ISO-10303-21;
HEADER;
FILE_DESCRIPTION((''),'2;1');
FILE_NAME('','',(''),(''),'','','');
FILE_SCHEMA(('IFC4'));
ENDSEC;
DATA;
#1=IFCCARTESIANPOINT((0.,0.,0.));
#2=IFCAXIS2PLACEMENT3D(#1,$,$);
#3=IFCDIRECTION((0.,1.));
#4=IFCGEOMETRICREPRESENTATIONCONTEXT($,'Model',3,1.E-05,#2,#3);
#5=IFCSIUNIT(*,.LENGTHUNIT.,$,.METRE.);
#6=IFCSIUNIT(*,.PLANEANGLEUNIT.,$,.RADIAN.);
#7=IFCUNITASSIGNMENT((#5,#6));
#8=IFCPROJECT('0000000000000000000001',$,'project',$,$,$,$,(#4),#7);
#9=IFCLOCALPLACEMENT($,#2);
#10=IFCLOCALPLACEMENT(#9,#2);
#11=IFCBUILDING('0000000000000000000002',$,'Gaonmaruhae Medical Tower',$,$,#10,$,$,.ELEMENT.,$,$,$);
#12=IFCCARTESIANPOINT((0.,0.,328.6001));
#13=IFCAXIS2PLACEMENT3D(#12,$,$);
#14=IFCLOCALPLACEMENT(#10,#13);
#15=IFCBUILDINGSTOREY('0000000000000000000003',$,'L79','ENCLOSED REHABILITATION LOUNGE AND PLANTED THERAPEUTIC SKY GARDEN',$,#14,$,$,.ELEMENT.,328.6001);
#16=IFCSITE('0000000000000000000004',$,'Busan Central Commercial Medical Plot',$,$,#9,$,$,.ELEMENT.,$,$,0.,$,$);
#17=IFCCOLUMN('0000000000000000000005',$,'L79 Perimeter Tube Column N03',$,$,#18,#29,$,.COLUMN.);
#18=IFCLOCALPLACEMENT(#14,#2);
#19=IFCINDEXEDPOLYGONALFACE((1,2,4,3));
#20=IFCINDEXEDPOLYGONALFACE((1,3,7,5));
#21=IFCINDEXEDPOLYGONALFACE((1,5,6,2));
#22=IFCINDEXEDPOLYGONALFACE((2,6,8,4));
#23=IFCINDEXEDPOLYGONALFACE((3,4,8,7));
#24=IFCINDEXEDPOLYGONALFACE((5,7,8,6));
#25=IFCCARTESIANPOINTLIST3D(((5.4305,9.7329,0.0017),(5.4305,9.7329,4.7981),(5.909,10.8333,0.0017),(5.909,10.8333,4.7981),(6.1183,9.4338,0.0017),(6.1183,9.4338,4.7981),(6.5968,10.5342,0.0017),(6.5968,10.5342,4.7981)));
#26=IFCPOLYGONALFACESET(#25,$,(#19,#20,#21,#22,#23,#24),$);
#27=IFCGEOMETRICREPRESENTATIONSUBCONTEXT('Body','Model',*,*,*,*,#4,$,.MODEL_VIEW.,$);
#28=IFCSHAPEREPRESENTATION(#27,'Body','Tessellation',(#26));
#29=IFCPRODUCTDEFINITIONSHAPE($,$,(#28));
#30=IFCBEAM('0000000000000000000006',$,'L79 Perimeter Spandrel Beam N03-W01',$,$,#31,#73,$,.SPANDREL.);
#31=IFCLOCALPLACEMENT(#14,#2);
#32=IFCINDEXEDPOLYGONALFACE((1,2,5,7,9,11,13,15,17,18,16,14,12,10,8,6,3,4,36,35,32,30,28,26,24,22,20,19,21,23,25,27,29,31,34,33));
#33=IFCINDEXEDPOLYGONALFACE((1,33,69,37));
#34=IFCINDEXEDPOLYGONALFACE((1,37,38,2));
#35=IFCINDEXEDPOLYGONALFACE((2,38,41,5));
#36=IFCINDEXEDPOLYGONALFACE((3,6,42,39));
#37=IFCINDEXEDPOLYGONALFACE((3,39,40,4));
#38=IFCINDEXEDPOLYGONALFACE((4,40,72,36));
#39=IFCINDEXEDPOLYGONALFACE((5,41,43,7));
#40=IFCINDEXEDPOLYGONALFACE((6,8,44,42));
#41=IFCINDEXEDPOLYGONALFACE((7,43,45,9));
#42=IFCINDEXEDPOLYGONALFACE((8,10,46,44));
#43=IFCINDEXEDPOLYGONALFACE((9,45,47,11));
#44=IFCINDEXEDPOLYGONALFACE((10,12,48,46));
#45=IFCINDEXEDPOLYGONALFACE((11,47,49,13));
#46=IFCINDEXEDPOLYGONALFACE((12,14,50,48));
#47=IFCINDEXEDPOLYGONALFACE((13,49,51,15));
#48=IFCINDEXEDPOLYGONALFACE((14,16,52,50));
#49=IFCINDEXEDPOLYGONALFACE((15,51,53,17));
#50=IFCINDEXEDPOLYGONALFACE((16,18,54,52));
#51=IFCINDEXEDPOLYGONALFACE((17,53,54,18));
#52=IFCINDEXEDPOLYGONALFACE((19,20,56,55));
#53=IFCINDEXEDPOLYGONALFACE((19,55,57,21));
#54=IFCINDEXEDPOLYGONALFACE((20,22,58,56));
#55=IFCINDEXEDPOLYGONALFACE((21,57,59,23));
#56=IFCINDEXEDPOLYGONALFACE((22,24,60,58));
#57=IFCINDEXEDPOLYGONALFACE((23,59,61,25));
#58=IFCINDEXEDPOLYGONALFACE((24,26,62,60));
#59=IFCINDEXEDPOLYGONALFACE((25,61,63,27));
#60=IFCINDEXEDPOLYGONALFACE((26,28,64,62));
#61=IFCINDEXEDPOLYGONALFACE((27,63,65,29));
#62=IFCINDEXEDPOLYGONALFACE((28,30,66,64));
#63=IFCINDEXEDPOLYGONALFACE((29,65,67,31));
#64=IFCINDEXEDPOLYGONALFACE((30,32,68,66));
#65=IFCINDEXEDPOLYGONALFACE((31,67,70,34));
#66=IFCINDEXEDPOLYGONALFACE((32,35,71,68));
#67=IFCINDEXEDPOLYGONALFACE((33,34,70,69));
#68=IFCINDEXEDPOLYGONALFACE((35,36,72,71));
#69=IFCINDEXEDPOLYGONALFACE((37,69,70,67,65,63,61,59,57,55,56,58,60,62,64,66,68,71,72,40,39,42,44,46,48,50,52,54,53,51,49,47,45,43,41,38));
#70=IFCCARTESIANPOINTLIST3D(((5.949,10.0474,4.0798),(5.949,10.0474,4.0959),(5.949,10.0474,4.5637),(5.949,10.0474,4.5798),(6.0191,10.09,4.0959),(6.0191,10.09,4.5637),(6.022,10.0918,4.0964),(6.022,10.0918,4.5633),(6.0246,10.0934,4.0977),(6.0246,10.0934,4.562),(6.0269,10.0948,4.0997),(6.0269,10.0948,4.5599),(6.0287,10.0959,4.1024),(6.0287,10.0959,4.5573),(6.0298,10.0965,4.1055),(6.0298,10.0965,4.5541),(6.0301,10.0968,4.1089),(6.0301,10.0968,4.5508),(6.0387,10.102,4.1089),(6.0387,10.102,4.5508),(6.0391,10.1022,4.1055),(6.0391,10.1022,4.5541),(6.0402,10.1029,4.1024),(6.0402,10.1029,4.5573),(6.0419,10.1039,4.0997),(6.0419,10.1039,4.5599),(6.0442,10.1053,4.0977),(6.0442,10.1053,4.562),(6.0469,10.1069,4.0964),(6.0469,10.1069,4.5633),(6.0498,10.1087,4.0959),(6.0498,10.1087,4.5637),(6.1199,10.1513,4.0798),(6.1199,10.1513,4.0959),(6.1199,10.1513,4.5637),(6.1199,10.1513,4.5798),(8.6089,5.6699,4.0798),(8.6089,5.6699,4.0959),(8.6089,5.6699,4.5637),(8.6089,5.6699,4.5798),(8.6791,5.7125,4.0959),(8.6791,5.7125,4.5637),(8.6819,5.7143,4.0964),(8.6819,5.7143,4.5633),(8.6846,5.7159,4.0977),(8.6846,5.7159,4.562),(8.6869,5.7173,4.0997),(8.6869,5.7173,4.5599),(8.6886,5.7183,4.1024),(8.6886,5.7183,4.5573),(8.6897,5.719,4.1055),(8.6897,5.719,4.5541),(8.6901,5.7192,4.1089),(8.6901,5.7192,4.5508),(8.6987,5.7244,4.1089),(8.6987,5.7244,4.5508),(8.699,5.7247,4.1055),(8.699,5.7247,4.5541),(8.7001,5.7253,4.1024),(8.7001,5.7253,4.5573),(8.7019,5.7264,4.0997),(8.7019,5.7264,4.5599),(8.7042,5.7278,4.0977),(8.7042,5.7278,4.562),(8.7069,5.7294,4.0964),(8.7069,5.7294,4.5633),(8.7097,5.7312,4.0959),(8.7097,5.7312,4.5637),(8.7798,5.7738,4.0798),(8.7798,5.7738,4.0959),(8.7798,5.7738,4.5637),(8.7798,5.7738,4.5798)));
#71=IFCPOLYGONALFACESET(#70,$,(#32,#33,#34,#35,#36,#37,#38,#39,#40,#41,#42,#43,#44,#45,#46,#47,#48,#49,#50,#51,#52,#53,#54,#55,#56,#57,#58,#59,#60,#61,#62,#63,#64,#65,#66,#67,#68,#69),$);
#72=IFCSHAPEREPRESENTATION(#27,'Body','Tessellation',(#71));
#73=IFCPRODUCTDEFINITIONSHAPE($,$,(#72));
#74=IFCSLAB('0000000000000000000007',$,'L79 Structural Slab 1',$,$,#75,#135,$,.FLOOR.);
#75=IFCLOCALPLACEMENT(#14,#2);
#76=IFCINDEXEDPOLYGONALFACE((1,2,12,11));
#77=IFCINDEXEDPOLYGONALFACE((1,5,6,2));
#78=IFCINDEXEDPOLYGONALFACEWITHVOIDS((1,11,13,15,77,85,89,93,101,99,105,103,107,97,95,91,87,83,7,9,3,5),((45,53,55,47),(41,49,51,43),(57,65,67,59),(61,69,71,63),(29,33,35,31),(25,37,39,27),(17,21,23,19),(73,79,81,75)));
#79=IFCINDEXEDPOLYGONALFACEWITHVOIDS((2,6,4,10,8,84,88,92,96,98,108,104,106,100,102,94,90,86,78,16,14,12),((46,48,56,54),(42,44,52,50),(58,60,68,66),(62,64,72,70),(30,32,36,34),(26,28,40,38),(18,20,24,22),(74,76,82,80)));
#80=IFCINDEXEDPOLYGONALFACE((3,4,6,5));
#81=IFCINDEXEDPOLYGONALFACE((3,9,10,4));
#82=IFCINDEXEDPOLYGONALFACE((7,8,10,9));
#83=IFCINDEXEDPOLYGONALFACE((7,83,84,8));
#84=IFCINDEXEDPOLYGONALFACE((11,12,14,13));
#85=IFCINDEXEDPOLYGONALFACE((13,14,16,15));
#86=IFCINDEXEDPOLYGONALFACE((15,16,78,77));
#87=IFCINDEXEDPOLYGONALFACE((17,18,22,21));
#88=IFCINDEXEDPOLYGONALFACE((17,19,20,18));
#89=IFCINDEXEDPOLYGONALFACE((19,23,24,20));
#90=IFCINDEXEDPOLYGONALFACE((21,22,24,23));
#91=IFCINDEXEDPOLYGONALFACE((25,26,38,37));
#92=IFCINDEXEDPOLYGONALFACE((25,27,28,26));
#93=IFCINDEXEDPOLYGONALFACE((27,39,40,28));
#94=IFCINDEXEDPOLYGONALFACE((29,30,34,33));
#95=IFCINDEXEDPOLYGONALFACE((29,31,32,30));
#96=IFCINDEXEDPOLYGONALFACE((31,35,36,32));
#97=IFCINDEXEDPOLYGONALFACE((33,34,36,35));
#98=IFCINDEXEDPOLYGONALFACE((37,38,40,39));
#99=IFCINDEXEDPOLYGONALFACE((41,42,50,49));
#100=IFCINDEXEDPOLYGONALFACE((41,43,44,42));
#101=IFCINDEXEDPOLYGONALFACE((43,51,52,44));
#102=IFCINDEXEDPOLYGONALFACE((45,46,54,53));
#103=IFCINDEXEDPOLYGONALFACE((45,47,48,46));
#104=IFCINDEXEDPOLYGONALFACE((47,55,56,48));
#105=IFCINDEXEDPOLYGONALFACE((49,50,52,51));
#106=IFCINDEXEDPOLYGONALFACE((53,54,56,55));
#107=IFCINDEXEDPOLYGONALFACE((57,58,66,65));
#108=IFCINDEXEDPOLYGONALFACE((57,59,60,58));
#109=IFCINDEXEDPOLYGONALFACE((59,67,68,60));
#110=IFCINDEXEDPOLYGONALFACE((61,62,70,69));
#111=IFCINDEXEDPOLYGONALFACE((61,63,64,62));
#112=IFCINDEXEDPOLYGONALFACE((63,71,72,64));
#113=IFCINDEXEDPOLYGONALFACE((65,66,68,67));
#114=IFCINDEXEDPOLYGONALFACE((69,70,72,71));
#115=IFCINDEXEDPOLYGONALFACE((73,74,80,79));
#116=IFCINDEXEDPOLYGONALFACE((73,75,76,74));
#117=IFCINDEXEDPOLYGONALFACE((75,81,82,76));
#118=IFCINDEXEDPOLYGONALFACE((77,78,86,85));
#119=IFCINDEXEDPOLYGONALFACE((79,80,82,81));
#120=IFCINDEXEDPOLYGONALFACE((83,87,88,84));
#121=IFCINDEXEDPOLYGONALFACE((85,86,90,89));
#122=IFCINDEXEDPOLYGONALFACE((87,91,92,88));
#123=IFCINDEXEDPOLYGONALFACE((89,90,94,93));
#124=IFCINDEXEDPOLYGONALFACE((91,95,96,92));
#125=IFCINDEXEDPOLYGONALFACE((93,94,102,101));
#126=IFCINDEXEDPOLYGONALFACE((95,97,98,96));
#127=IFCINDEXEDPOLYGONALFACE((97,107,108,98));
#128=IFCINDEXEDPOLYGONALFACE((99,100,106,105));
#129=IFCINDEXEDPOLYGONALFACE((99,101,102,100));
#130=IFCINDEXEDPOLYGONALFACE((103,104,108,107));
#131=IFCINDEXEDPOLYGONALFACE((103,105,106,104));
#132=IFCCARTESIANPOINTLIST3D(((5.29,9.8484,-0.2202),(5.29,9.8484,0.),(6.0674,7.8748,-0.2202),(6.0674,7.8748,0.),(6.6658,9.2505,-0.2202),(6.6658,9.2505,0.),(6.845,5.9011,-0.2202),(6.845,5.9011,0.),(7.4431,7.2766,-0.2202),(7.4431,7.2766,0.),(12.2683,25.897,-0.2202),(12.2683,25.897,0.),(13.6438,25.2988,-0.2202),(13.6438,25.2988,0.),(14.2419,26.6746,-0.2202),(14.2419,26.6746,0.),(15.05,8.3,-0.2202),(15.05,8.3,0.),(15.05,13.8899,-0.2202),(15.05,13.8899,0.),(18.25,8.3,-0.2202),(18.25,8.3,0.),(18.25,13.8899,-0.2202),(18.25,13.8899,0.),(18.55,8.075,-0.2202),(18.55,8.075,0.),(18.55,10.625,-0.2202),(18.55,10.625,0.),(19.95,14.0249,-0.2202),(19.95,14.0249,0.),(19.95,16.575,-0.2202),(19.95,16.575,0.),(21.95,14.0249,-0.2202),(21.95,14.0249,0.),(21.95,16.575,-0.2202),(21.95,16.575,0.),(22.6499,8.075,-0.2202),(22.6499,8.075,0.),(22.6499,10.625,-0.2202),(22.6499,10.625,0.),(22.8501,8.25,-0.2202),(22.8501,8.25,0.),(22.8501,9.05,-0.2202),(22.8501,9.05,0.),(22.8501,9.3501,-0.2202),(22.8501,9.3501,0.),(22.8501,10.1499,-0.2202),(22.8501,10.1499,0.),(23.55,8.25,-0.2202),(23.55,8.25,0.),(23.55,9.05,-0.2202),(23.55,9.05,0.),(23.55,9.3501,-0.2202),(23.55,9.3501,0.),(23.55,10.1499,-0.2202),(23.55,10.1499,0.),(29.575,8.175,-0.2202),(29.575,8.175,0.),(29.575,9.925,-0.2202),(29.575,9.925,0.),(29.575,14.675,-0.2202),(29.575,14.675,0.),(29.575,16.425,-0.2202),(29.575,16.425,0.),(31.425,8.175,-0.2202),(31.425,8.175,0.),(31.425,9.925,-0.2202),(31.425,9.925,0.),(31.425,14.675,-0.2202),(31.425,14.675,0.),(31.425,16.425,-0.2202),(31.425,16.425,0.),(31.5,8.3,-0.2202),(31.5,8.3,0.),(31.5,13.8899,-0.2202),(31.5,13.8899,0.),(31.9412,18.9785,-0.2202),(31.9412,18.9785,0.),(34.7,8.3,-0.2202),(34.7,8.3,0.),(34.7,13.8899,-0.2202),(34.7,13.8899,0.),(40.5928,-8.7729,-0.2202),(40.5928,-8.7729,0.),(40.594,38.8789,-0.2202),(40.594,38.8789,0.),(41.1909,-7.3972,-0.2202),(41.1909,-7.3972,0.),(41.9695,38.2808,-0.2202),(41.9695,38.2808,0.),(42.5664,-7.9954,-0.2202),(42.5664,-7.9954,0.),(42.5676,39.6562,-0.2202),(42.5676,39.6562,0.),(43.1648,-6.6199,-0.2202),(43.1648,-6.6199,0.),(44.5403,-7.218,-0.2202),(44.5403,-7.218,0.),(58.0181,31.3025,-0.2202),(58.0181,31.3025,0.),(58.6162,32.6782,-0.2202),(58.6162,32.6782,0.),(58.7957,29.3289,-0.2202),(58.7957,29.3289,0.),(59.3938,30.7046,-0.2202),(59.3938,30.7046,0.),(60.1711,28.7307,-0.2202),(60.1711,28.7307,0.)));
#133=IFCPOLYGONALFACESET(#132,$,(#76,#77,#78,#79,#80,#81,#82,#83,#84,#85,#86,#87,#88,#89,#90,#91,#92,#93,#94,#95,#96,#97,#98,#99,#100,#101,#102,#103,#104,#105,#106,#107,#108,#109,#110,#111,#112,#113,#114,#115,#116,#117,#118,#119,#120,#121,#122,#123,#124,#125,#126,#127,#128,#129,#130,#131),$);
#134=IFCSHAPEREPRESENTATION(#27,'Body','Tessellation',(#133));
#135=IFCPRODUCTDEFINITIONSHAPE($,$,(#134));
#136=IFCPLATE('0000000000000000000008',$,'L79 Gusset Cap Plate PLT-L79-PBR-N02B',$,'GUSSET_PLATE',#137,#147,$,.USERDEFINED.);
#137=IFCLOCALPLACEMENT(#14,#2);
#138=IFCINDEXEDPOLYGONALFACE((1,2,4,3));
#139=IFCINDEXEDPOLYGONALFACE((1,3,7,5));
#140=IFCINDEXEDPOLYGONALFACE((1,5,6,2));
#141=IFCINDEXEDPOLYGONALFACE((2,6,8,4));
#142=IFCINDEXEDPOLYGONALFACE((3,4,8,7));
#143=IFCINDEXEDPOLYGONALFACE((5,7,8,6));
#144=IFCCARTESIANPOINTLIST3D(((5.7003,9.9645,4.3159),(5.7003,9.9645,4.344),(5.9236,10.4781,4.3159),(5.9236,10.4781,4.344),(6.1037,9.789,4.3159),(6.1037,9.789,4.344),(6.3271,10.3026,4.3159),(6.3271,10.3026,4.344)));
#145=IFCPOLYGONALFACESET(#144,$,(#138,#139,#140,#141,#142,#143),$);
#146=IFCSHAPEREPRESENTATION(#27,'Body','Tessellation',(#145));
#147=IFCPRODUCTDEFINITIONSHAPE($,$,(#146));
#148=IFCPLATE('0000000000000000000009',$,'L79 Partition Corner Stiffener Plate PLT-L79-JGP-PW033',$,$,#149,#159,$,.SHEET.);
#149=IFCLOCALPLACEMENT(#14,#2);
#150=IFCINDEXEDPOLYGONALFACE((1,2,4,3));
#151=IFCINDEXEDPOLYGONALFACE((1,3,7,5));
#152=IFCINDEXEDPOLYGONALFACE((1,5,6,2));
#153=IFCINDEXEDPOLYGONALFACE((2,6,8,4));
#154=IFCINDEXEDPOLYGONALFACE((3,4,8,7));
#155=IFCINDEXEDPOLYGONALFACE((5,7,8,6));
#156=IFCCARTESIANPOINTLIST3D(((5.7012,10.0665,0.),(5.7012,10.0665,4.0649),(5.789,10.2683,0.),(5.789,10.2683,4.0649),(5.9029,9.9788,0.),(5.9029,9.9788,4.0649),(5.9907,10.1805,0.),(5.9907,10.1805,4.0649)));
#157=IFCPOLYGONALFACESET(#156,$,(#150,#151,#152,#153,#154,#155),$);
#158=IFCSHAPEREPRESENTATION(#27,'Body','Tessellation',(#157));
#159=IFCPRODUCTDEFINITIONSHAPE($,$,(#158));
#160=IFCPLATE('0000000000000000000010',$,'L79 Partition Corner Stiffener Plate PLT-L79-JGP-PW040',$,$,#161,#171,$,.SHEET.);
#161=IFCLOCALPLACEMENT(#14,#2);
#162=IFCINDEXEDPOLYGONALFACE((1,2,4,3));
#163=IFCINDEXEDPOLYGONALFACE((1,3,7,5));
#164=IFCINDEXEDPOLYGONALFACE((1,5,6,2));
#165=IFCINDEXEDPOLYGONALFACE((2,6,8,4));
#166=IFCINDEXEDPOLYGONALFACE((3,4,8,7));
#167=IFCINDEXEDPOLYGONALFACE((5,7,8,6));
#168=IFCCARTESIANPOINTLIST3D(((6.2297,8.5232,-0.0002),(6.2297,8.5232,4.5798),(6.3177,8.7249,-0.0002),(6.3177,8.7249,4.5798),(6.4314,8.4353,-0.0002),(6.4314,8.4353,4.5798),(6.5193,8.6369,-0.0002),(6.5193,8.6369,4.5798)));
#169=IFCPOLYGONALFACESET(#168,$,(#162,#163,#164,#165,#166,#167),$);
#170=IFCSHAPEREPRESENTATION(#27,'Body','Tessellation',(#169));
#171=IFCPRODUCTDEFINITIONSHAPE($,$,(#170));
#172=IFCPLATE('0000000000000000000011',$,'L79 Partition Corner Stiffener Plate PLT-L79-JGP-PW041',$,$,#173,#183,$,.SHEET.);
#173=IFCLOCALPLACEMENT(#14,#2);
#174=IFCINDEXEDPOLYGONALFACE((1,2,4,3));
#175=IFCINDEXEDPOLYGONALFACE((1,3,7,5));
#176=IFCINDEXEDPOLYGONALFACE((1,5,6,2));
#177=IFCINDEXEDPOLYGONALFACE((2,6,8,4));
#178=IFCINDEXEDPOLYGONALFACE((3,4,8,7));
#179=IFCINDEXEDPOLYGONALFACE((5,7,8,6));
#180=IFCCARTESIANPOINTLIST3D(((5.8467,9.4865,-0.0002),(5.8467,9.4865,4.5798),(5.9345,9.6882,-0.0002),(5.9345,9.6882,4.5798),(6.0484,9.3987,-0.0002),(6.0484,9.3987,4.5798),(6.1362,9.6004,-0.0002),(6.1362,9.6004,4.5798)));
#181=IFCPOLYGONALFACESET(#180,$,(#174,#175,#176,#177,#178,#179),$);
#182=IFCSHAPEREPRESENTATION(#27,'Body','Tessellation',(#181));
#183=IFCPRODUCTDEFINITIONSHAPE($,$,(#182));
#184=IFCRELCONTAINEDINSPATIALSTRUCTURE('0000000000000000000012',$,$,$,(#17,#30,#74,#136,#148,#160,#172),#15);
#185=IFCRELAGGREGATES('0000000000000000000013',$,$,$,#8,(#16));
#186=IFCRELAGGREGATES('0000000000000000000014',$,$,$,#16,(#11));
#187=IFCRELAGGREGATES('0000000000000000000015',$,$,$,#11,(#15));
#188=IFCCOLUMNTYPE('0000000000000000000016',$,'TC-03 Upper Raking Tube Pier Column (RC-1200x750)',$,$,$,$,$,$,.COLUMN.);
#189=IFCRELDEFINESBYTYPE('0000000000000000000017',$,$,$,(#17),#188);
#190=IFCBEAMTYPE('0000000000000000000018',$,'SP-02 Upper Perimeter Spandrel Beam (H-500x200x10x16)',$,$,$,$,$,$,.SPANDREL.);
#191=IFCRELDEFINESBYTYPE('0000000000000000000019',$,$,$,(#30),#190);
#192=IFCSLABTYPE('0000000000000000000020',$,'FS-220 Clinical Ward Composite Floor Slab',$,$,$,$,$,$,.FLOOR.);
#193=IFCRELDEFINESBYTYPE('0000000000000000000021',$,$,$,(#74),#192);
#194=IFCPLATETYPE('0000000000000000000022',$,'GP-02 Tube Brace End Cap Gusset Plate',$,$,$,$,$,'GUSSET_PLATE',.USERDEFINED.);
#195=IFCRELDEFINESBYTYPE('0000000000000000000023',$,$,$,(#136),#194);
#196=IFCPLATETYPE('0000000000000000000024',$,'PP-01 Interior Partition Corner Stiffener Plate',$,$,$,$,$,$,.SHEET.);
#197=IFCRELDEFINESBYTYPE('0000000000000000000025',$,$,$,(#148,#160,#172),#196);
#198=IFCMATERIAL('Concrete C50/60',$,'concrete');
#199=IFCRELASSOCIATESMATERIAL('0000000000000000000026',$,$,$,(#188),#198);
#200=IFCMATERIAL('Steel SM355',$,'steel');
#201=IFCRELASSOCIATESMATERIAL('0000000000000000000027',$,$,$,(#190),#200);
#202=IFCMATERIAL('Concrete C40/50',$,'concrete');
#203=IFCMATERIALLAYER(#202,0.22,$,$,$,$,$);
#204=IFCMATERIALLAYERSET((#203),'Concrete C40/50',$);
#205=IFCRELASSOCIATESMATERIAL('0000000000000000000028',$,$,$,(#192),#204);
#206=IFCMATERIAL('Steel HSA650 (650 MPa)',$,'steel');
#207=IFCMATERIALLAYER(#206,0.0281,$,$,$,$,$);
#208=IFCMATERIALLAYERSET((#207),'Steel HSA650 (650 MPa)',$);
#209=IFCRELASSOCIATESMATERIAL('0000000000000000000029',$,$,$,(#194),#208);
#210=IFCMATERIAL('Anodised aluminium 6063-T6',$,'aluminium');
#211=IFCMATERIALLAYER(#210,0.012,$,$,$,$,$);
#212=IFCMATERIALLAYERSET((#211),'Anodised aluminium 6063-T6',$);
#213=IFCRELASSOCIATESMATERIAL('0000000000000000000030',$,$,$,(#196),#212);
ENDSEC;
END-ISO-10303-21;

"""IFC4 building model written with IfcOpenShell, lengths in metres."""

from ifc_helpers import new_model, si_unit, direction, frame, origin, origin_2d, place, context, subcontext, project, spatial, polyline, rectangle, i_section, outline, extrude, material, layer, layer_set, material_profile, profile_set, type_object, element, save


model = new_model("IFC4")

# Units and contexts
model_context = context("Model", 3, precision=1e-05, world=origin(), true_north=direction((0.0, 1.0)))
body_context = subcontext(model_context, "Body", "Model", "MODEL_VIEW")
ifc_project = project(units=[si_unit("LENGTHUNIT", "METRE"), si_unit("PLANEANGLEUNIT", "RADIAN")], contexts=[model_context])

# Site, building, storey
site_placement = place(None, origin())
site = spatial("IfcSite", under=ifc_project, at=site_placement, Name="Busan Central Commercial Medical Plot", CompositionType="ELEMENT", RefElevation=0.0)
building_placement = place(site_placement, origin())
building = spatial("IfcBuilding", under=site, at=building_placement, Name="Gaonmaruhae Medical Tower", CompositionType="ELEMENT")
storey_placement = place(building_placement, frame((0.0, 0.0, 328.6001)))
storey = spatial("IfcBuildingStorey", under=building, at=storey_placement, Name="L79", Description="ENCLOSED REHABILITATION LOUNGE AND PLANTED THERAPEUTIC SKY GARDEN", CompositionType="ELEMENT", Elevation=328.6001)

# Column
ifc_material_1 = material(Name="Concrete C50/60", Category="concrete")
ifc_material_profile_1 = material_profile(ifc_material_1, rectangle(XDim=1.2, YDim=0.75, at=origin_2d()), Name="RC-1200x750")
ifc_profile_set_1 = profile_set([ifc_material_profile_1], Name="Concrete C50/60")
column_type = type_object("IfcColumnType", Name="TC-03 Upper Raking Tube Pier Column (RC-1200x750)", PredefinedType="COLUMN", material=ifc_profile_set_1)
column_placement = place(storey_placement, frame((6.0137, 10.1335, 0.0017), z_axis=(0.0, 0.0, 1.0), x_axis=(0.398749, 0.91706, 0.0)))
element("IfcColumn", 1, at=column_placement, inside=storey, type_object=column_type, Name="L79 Perimeter Tube Column N03", PredefinedType="COLUMN", context=body_context, shape_type="SweptSolid", body=[
    extrude(rectangle(XDim=1.2, YDim=0.75, at=origin_2d()), origin(), (0.0, 0.0, 1.0), 4.7964),
])

# Beam
ifc_material_2 = material(Name="Steel SM355", Category="steel")
ifc_material_profile_2 = material_profile(ifc_material_2, i_section(OverallWidth=0.2, OverallDepth=0.5, WebThickness=0.01, FlangeThickness=0.0161, FilletRadius=0.0129, at=origin_2d()), Name="H-500x200x10x16")
ifc_profile_set_2 = profile_set([ifc_material_profile_2], Name="Steel SM355")
beam_type = type_object("IfcBeamType", Name="SP-02 Upper Perimeter Spandrel Beam (H-500x200x10x16)", PredefinedType="SPANDREL", material=ifc_profile_set_2)
beam_placement = place(storey_placement, frame((6.0344, 10.0994, 4.3298), z_axis=(0.519289, -0.854599, 0.0), x_axis=(0.854599, 0.519289, 0.0)))
element("IfcBeam", 2, at=beam_placement, inside=storey, type_object=beam_type, Name="L79 Perimeter Spandrel Beam N03-W01", PredefinedType="SPANDREL", context=body_context, shape_type="SweptSolid", body=[
    extrude(i_section(OverallWidth=0.2, OverallDepth=0.5, WebThickness=0.01, FlangeThickness=0.0161, FilletRadius=0.0129, at=origin_2d()), origin(), (0.0, 0.0, 1.0), 5.1223),
])

# Slab
ifc_material_3 = material(Name="Concrete C40/50", Category="concrete")
ifc_layer_1 = layer(ifc_material_3, 0.22)
ifc_layer_set_1 = layer_set([ifc_layer_1], Name="Concrete C40/50")
slab_type_1 = type_object("IfcSlabType", Name="FS-220 Clinical Ward Composite Floor Slab", PredefinedType="FLOOR", material=ifc_layer_set_1)
slab_1_placement = place(storey_placement, frame((0.0, 0.0, -0.2202)))
element("IfcSlab", 3, at=slab_1_placement, inside=storey, type_object=slab_type_1, Name="L79 Structural Slab 1", PredefinedType="FLOOR", context=body_context, shape_type="SweptSolid", body=[
    extrude(outline(polyline([(44.5403, -7.218), (60.1711, 28.7307), (58.7957, 29.3289), (59.3938, 30.7046), (58.0181, 31.3025), (58.6162, 32.6782), (42.5676, 39.6562), (41.9695, 38.2808), (40.594, 38.8789), (31.9412, 18.9785), (14.2419, 26.6746), (13.6438, 25.2988), (12.2683, 25.897), (5.29, 9.8484), (6.6658, 9.2505), (6.0674, 7.8748), (7.4431, 7.2766), (6.845, 5.9011), (40.5928, -8.7729), (41.1909, -7.3972), (42.5664, -7.9954), (43.1648, -6.6199), (44.5403, -7.218)]), holes=[polyline([(23.55, 8.25), (22.8501, 8.25), (22.8501, 9.05), (23.55, 9.05), (23.55, 8.25)]), polyline([(29.575, 9.925), (31.425, 9.925), (31.425, 8.175), (29.575, 8.175), (29.575, 9.925)]), polyline([(18.55, 10.625), (22.6499, 10.625), (22.6499, 8.075), (18.55, 8.075), (18.55, 10.625)]), polyline([(23.55, 9.3501), (22.8501, 9.3501), (22.8501, 10.1499), (23.55, 10.1499), (23.55, 9.3501)]), polyline([(15.05, 13.8899), (18.25, 13.8899), (18.25, 8.3), (15.05, 8.3), (15.05, 13.8899)]), polyline([(31.5, 13.8899), (34.7, 13.8899), (34.7, 8.3), (31.5, 8.3), (31.5, 13.8899)]), polyline([(21.95, 16.575), (21.95, 14.0249), (19.95, 14.0249), (19.95, 16.575), (21.95, 16.575)]), polyline([(31.425, 16.425), (31.425, 14.675), (29.575, 14.675), (29.575, 16.425), (31.425, 16.425)])]), origin(), (0.0, 0.0, 1.0), 0.2202),
])

# Plates
ifc_material_4 = material(Name="Steel HSA650 (650 MPa)", Category="steel")
ifc_layer_2 = layer(ifc_material_4, 0.0281)
ifc_layer_set_2 = layer_set([ifc_layer_2], Name="Steel HSA650 (650 MPa)")
plate_type_1 = type_object("IfcPlateType", Name="GP-02 Tube Brace End Cap Gusset Plate", ElementType="GUSSET_PLATE", PredefinedType="USERDEFINED", material=ifc_layer_set_2)
plate_1_placement = place(storey_placement, frame((6.0137, 10.1335, 4.3159), z_axis=(0.0, 0.0, 1.0), x_axis=(0.398749, 0.91706, 0.0)))
element("IfcPlate", 4, at=plate_1_placement, inside=storey, type_object=plate_type_1, Name="L79 Gusset Cap Plate PLT-L79-PBR-N02B", ObjectType="GUSSET_PLATE", PredefinedType="USERDEFINED", context=body_context, shape_type="SweptSolid", body=[
    extrude(rectangle(XDim=0.5601, YDim=0.4399, at=origin_2d()), origin(), (0.0, 0.0, 1.0), 0.0281),
])
ifc_material_5 = material(Name="Anodised aluminium 6063-T6", Category="aluminium")
ifc_layer_3 = layer(ifc_material_5, 0.012)
ifc_layer_set_3 = layer_set([ifc_layer_3], Name="Anodised aluminium 6063-T6")
plate_type_2 = type_object("IfcPlateType", Name="PP-01 Interior Partition Corner Stiffener Plate", PredefinedType="SHEET", material=ifc_layer_set_3)
plate_2_placement = place(storey_placement, frame((5.8459, 10.1235, 0.0), z_axis=(0.0, 0.0, 1.0), x_axis=(0.398877, 0.917004, 0.0)))
element("IfcPlate", 5, at=plate_2_placement, inside=storey, type_object=plate_type_2, Name="L79 Partition Corner Stiffener Plate PLT-L79-JGP-PW033", PredefinedType="SHEET", context=body_context, shape_type="SweptSolid", body=[
    extrude(rectangle(XDim=0.22, YDim=0.22, at=origin_2d()), origin(), (0.0, 0.0, 1.0), 4.0649),
])
for number, where, z_axis, x_axis, name in (
    (6, (6.3745, 8.5801, -0.0002), (0.0, 0.0, 1.0), (0.399693, 0.916649, 0.0), "L79 Partition Corner Stiffener Plate PLT-L79-JGP-PW040"),
    (7, (5.9915, 9.5435, -0.0002), (0.0, 0.0, 1.0), (-0.917004, 0.398877, 0.0), "L79 Partition Corner Stiffener Plate PLT-L79-JGP-PW041"),
):
    element("IfcPlate", number, at=place(storey_placement, frame(where, z_axis=z_axis, x_axis=x_axis)), inside=storey, type_object=plate_type_2, Name=name, PredefinedType="SHEET", context=body_context, shape_type="SweptSolid", body=[
        extrude(rectangle(XDim=0.22, YDim=0.22, at=origin_2d()), origin(), (0.0, 0.0, 1.0), 4.5801),
    ])

save(model, "model.ifc")
